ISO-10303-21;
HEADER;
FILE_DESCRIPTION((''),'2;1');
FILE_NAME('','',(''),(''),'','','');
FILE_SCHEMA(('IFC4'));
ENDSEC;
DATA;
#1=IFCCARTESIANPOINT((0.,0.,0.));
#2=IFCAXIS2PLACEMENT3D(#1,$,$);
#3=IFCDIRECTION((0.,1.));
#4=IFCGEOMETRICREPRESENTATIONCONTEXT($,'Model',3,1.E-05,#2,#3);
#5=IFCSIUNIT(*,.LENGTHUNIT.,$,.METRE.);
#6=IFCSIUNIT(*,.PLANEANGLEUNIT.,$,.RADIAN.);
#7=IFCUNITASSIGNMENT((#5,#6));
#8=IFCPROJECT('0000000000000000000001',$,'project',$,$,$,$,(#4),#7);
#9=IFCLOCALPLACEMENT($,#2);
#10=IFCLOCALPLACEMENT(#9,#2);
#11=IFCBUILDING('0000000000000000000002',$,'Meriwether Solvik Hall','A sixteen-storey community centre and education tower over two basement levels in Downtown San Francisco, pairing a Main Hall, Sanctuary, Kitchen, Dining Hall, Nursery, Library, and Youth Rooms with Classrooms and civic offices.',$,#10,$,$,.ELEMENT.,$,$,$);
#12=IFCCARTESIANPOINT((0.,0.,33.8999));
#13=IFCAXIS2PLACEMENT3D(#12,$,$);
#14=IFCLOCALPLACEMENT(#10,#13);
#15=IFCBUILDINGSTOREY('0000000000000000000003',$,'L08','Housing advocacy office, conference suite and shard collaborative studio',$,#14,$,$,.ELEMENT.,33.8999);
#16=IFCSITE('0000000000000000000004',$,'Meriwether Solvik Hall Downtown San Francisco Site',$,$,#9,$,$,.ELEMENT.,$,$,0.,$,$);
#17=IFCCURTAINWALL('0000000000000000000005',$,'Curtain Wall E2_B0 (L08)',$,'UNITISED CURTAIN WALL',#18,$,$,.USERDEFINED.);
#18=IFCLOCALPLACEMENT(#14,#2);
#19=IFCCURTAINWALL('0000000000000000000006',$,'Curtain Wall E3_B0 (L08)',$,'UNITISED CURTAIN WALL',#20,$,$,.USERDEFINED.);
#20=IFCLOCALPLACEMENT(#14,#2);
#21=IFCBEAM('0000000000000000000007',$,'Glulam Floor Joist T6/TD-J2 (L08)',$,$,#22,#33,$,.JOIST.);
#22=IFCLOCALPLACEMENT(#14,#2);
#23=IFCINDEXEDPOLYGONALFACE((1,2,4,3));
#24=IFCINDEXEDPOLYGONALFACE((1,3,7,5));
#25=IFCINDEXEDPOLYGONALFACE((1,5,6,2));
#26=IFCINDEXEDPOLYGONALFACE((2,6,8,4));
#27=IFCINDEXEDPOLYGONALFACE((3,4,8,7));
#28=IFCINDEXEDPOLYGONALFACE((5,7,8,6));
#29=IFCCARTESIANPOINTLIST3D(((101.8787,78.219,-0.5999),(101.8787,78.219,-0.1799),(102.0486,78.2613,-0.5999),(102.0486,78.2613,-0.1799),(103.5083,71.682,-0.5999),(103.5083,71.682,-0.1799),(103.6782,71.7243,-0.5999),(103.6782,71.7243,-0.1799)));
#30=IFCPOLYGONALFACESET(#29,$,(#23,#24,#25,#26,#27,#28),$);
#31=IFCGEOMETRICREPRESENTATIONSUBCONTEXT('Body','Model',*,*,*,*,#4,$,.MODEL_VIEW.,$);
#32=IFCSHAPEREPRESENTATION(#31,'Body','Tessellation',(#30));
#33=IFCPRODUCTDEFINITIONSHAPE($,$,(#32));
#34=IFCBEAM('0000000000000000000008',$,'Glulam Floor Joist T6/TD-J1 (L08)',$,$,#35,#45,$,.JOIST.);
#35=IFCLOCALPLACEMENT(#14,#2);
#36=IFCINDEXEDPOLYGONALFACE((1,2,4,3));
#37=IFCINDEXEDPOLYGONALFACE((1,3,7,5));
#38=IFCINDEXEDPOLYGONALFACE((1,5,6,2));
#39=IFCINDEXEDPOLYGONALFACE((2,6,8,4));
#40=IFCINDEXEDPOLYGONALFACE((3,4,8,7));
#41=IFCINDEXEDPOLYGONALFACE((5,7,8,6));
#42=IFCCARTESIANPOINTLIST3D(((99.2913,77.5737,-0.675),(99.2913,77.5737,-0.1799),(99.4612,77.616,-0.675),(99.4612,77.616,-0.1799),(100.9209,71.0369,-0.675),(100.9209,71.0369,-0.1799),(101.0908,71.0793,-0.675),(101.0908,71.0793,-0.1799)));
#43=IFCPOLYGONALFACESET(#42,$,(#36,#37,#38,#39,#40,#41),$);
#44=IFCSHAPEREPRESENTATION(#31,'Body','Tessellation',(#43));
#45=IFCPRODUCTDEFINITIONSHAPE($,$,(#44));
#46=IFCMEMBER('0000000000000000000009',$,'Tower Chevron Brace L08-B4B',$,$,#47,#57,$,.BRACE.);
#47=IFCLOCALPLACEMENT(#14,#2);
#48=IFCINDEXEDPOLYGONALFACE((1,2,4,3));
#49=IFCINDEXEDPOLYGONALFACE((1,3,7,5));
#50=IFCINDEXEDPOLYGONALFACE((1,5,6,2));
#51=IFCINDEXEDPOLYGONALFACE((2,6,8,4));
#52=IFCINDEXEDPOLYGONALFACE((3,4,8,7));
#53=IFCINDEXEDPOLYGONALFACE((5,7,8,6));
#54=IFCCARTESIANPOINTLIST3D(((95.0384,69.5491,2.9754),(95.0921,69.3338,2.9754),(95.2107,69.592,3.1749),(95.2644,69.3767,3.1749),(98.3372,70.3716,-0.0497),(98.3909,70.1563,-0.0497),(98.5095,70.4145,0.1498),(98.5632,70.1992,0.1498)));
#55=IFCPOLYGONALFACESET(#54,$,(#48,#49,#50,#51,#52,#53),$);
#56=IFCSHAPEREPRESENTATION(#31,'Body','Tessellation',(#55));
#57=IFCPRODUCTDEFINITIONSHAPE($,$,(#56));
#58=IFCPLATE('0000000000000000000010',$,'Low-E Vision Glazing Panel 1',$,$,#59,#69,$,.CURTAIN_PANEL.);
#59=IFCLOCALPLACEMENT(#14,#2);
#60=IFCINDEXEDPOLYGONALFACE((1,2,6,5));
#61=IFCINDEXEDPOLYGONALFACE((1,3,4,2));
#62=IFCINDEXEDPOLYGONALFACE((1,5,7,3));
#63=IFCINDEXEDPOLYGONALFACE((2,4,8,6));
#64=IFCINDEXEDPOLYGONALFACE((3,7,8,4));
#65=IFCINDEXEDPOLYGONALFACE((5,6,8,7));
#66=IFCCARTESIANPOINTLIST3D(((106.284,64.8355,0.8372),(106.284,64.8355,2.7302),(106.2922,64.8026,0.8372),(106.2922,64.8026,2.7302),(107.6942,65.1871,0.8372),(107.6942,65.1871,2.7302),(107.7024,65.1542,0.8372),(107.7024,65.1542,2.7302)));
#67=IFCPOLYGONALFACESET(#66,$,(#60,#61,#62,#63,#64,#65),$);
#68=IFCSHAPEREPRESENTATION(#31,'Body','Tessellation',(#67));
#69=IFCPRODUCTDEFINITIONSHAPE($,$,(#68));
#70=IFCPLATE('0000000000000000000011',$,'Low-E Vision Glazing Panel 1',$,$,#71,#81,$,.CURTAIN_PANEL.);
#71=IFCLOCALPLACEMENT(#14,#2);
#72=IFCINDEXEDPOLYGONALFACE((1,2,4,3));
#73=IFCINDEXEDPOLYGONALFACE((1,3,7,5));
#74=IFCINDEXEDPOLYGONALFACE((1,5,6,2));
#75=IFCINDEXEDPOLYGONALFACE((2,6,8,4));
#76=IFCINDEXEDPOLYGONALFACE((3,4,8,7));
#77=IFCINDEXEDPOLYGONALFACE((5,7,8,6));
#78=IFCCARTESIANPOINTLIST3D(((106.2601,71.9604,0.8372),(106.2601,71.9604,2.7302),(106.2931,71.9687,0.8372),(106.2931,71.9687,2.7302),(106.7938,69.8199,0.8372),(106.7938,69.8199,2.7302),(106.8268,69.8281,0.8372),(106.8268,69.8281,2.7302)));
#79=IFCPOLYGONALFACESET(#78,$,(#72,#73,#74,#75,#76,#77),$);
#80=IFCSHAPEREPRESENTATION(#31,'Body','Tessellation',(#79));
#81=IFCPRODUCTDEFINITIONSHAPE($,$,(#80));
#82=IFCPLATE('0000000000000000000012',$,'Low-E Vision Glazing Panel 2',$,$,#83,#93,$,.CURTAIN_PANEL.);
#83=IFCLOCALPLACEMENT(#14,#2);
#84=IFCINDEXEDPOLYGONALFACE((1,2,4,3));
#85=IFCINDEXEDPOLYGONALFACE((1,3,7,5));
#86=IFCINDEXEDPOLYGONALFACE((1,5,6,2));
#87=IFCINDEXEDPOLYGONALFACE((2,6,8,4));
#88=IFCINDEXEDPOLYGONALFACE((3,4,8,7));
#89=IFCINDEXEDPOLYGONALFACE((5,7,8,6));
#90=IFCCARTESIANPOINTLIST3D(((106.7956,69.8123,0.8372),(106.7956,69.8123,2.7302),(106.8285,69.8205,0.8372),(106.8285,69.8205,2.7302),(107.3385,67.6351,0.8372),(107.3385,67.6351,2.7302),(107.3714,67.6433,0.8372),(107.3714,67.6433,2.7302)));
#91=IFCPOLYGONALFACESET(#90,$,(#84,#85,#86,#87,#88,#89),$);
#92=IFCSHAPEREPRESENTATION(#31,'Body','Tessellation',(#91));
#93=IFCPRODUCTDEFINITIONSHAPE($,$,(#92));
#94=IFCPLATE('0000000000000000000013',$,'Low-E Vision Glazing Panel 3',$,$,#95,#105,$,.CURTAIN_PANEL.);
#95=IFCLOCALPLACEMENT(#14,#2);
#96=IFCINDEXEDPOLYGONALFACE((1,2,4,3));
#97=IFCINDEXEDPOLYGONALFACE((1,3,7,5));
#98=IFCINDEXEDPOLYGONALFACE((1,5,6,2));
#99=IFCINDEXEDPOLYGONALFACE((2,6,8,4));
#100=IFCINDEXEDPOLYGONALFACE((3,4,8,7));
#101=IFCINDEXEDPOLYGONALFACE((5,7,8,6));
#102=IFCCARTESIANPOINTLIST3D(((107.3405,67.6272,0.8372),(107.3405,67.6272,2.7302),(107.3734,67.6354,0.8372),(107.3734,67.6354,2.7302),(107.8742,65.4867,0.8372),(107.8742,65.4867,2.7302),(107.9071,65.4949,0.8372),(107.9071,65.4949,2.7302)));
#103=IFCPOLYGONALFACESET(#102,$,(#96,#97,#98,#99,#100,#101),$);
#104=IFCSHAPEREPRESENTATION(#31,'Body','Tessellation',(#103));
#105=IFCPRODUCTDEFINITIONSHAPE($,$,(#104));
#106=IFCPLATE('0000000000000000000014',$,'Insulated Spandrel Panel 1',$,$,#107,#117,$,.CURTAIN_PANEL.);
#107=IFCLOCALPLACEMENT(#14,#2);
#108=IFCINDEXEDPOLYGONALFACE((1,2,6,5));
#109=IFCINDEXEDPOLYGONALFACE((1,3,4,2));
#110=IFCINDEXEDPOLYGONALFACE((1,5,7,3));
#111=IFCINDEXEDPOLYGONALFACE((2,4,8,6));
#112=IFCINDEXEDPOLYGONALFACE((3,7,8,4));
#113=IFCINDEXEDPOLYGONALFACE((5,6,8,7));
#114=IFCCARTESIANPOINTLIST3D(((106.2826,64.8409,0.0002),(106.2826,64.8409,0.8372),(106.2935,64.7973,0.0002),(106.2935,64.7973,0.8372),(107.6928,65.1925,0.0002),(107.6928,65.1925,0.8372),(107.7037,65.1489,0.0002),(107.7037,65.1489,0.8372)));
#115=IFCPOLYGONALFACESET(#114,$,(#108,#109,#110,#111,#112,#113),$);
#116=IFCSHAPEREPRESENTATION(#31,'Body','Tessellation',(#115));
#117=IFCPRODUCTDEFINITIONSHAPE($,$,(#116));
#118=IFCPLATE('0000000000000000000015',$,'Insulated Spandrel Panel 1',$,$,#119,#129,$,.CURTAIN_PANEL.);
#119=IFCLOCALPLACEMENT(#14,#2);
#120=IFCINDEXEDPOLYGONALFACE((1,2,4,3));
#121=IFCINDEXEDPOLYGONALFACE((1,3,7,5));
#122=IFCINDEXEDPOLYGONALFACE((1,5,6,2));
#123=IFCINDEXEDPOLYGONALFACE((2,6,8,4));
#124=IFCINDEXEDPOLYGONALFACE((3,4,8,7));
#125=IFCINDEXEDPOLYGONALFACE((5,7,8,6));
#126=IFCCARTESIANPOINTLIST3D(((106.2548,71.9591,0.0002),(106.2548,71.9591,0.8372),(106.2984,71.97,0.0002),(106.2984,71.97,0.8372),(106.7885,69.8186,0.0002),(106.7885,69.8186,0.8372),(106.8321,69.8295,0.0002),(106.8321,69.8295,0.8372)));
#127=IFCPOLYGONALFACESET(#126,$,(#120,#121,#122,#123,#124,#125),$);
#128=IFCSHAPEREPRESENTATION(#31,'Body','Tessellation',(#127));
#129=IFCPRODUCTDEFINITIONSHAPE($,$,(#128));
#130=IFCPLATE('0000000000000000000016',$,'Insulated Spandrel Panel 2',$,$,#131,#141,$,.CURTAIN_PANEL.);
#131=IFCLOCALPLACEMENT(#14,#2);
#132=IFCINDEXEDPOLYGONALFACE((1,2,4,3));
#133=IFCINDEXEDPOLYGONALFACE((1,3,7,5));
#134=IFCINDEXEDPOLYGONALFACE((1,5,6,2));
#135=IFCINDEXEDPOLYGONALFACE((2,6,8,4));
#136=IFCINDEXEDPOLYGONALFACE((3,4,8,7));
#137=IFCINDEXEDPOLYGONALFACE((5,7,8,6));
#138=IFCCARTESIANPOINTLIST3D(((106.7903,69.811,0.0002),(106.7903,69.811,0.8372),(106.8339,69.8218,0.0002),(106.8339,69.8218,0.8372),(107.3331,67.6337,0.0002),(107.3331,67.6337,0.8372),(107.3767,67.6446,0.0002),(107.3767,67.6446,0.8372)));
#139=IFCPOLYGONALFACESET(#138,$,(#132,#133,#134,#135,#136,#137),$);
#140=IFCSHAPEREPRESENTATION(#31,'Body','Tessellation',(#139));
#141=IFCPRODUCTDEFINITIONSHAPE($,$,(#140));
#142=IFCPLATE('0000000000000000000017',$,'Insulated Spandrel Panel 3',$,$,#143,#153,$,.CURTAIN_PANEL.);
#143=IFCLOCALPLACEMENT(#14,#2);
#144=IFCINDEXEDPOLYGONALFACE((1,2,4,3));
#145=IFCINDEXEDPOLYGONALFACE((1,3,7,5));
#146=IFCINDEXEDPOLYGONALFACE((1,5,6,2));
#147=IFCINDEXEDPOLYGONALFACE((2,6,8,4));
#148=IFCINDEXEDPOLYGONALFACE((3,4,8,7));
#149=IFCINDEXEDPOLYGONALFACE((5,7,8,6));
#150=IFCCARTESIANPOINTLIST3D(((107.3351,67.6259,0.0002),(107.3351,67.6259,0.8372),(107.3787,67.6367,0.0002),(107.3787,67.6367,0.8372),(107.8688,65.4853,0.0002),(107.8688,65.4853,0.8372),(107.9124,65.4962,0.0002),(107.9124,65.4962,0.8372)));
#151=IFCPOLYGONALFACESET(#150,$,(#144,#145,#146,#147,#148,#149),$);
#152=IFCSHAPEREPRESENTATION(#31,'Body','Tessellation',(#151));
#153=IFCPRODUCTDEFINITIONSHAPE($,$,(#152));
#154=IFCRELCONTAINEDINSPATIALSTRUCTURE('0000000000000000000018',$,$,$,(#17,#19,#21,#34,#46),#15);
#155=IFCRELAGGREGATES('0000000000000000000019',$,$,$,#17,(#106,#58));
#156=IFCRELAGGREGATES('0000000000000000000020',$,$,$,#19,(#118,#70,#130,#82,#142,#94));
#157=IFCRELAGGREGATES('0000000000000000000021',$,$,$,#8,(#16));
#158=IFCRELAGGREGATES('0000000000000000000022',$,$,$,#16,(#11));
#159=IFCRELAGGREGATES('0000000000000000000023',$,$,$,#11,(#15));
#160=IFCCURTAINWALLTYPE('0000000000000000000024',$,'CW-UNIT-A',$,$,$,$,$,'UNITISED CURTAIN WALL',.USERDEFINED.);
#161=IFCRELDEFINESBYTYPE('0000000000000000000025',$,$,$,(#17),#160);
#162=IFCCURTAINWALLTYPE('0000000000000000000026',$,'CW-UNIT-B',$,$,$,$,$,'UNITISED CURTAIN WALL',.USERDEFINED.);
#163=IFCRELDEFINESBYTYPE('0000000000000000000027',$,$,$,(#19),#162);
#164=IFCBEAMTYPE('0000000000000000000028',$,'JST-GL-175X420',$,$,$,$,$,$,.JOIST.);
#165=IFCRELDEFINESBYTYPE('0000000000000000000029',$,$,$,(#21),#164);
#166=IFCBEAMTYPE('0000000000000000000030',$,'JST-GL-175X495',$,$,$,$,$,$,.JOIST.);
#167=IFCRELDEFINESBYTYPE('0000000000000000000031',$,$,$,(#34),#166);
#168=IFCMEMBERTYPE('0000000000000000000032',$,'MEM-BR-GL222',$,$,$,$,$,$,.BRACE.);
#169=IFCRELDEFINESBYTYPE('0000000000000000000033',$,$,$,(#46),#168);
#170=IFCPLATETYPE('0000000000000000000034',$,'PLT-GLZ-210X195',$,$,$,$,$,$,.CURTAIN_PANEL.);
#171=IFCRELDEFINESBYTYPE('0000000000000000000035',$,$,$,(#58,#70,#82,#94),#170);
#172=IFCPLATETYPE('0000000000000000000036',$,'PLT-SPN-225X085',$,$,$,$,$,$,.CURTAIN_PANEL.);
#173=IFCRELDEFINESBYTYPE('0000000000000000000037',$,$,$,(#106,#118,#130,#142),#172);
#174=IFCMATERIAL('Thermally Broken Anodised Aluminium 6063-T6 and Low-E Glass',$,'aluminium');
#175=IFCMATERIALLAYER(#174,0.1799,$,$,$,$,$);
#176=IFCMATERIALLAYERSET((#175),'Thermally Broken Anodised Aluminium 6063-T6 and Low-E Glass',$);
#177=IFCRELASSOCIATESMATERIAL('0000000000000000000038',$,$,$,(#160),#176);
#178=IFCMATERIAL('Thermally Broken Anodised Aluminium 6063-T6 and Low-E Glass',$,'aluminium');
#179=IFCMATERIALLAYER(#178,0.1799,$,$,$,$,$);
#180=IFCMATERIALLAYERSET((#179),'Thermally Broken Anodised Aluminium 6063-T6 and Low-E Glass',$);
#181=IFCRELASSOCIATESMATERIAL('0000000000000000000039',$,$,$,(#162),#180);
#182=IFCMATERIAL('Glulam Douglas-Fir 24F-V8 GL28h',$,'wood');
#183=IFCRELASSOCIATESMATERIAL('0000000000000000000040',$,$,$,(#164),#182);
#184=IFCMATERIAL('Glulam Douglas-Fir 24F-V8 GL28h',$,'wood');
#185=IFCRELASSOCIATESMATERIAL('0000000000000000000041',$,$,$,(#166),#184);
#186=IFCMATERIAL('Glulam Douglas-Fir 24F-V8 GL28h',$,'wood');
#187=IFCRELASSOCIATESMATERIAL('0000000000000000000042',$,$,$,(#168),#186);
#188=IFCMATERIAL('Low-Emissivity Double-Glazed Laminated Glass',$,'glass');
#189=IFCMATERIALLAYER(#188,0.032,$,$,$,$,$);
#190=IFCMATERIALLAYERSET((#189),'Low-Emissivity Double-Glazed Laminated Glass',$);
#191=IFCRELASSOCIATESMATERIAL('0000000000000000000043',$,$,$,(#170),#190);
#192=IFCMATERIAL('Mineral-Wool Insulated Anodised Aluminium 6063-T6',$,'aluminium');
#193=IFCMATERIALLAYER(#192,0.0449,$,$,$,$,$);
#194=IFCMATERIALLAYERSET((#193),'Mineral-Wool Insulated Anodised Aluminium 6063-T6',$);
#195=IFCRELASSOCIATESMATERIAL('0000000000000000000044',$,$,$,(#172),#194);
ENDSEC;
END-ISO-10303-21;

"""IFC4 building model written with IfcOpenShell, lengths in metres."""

from ifc_helpers import new_model, si_unit, direction, frame, origin, origin_2d, place, context, subcontext, project, spatial, rectangle, extrude, material, layer, layer_set, material_profile, profile_set, type_object, element, aggregate, save


model = new_model("IFC4")

# Units and contexts
model_context = context("Model", 3, precision=1e-05, world=origin(), true_north=direction((0.0, 1.0)))
body_context = subcontext(model_context, "Body", "Model", "MODEL_VIEW")
ifc_project = project(units=[si_unit("LENGTHUNIT", "METRE"), si_unit("PLANEANGLEUNIT", "RADIAN")], contexts=[model_context])

# Site, building, storey
site_placement = place(None, origin())
site = spatial("IfcSite", under=ifc_project, at=site_placement, Name="Meriwether Solvik Hall Downtown San Francisco Site", CompositionType="ELEMENT", RefElevation=0.0)
building_placement = place(site_placement, origin())
building = spatial("IfcBuilding", under=site, at=building_placement, Name="Meriwether Solvik Hall", Description="A sixteen-storey community centre and education tower over two basement levels in Downtown San Francisco, pairing a Main Hall, Sanctuary, Kitchen, Dining Hall, Nursery, Library, and Youth Rooms with Classrooms and civic offices.", CompositionType="ELEMENT")
storey_placement = place(building_placement, frame((0.0, 0.0, 33.8999)))
storey = spatial("IfcBuildingStorey", under=building, at=storey_placement, Name="L08", Description="Housing advocacy office, conference suite and shard collaborative studio", CompositionType="ELEMENT", Elevation=33.8999)

# Curtain wall
ifc_material_1 = material(Name="Thermally Broken Anodised Aluminium 6063-T6 and Low-E Glass", Category="aluminium")
ifc_layer_1 = layer(ifc_material_1, 0.1799)
ifc_layer_set_1 = layer_set([ifc_layer_1], Name="Thermally Broken Anodised Aluminium 6063-T6 and Low-E Glass")
curtain_wall_type_1 = type_object("IfcCurtainWallType", Name="CW-UNIT-A", ElementType="UNITISED CURTAIN WALL", PredefinedType="USERDEFINED", material=ifc_layer_set_1)
curtain_wall_1_placement = place(storey_placement, origin())
curtain_wall_1 = element("IfcCurtainWall", 1, at=curtain_wall_1_placement, inside=storey, type_object=curtain_wall_type_1, Name="Curtain Wall E2_B0 (L08)", ObjectType="UNITISED CURTAIN WALL", PredefinedType="USERDEFINED")

# Curtain wall
ifc_material_2 = material(Name="Thermally Broken Anodised Aluminium 6063-T6 and Low-E Glass", Category="aluminium")
ifc_layer_2 = layer(ifc_material_2, 0.1799)
ifc_layer_set_2 = layer_set([ifc_layer_2], Name="Thermally Broken Anodised Aluminium 6063-T6 and Low-E Glass")
curtain_wall_type_2 = type_object("IfcCurtainWallType", Name="CW-UNIT-B", ElementType="UNITISED CURTAIN WALL", PredefinedType="USERDEFINED", material=ifc_layer_set_2)
curtain_wall_2_placement = place(storey_placement, origin())
curtain_wall_2 = element("IfcCurtainWall", 2, at=curtain_wall_2_placement, inside=storey, type_object=curtain_wall_type_2, Name="Curtain Wall E3_B0 (L08)", ObjectType="UNITISED CURTAIN WALL", PredefinedType="USERDEFINED")

# Beams
ifc_material_3 = material(Name="Glulam Douglas-Fir 24F-V8 GL28h", Category="wood")
ifc_material_profile_1 = material_profile(ifc_material_3, rectangle(XDim=0.175, YDim=0.4199, at=origin_2d()), Name="GLJ-175X420")
ifc_profile_set_1 = profile_set([ifc_material_profile_1], Name="Glulam Douglas-Fir 24F-V8 GL28h")
beam_type_1 = type_object("IfcBeamType", Name="JST-GL-175X420", PredefinedType="JOIST", material=ifc_profile_set_1)
beam_1_placement = place(storey_placement, frame((103.5933, 71.7031, -0.3899), z_axis=(-0.241888, 0.970304, 0.0), x_axis=(-0.970304, -0.241888, 0.0)))
element("IfcBeam", 3, at=beam_1_placement, inside=storey, type_object=beam_type_1, Name="Glulam Floor Joist T6/TD-J2 (L08)", PredefinedType="JOIST", context=body_context, shape_type="SweptSolid", body=[
    extrude(rectangle(XDim=0.175, YDim=0.4199, at=origin_2d()), origin(), (0.0, 0.0, 1.0), 6.7371),
])
ifc_material_4 = material(Name="Glulam Douglas-Fir 24F-V8 GL28h", Category="wood")
ifc_material_profile_2 = material_profile(ifc_material_4, rectangle(XDim=0.175, YDim=0.4951, at=origin_2d()), Name="GLJ-175X495")
ifc_profile_set_2 = profile_set([ifc_material_profile_2], Name="Glulam Douglas-Fir 24F-V8 GL28h")
beam_type_2 = type_object("IfcBeamType", Name="JST-GL-175X495", PredefinedType="JOIST", material=ifc_profile_set_2)
beam_2_placement = place(storey_placement, frame((101.0059, 71.0581, -0.4275), z_axis=(-0.241896, 0.970302, 0.0), x_axis=(-0.970302, -0.241896, 0.0)))
element("IfcBeam", 4, at=beam_2_placement, inside=storey, type_object=beam_type_2, Name="Glulam Floor Joist T6/TD-J1 (L08)", PredefinedType="JOIST", context=body_context, shape_type="SweptSolid", body=[
    extrude(rectangle(XDim=0.175, YDim=0.4951, at=origin_2d()), origin(), (0.0, 0.0, 1.0), 6.7368),
])

# Member
ifc_material_5 = material(Name="Glulam Douglas-Fir 24F-V8 GL28h", Category="wood")
ifc_material_profile_3 = material_profile(ifc_material_5, rectangle(XDim=0.2219, YDim=0.2671, at=origin_2d()), Name="GLM-222X267")
ifc_profile_set_3 = profile_set([ifc_material_profile_3], Name="Glulam Douglas-Fir 24F-V8 GL28h")
member_type_1 = type_object("IfcMemberType", Name="MEM-BR-GL222", PredefinedType="BRACE", material=ifc_profile_set_3)
member_1_placement = place(storey_placement, frame((98.4502, 70.2854, 0.05), z_axis=(-0.724881, -0.180737, 0.664742), x_axis=(0.241927, -0.970294, 0.0)))
element("IfcMember", 5, at=member_1_placement, inside=storey, type_object=member_type_1, Name="Tower Chevron Brace L08-B4B", PredefinedType="BRACE", context=body_context, shape_type="SweptSolid", body=[
    extrude(rectangle(XDim=0.2219, YDim=0.2671, at=origin_2d()), origin(), (0.0, 0.0, 1.0), 4.5508),
])

# Plates
ifc_material_6 = material(Name="Low-Emissivity Double-Glazed Laminated Glass", Category="glass")
ifc_layer_3 = layer(ifc_material_6, 0.032)
ifc_layer_set_3 = layer_set([ifc_layer_3], Name="Low-Emissivity Double-Glazed Laminated Glass")
plate_type_1 = type_object("IfcPlateType", Name="PLT-GLZ-210X195", PredefinedType="CURTAIN_PANEL", material=ifc_layer_set_3)
plate_1_placement = place(storey_placement, frame((106.9932, 64.9949, 0.8372), z_axis=(0.0, 0.0, 1.0), x_axis=(-0.970296, -0.241922, 0.0)))
plate_1 = element("IfcPlate", 6, at=plate_1_placement, type_object=plate_type_1, Name="Low-E Vision Glazing Panel 1", PredefinedType="CURTAIN_PANEL", context=body_context, shape_type="SweptSolid", body=[
    extrude(rectangle(XDim=1.4534, YDim=0.0339, at=origin_2d()), origin(), (0.0, 0.0, 1.0), 1.8931),
])
plate_2_placement = place(storey_placement, frame((106.5435, 70.8943, 0.8372), z_axis=(0.0, 0.0, 1.0), x_axis=(0.241922, -0.970296, 0.0)))
plate_2 = element("IfcPlate", 7, at=plate_2_placement, type_object=plate_type_1, Name="Low-E Vision Glazing Panel 1", PredefinedType="CURTAIN_PANEL", context=body_context, shape_type="SweptSolid", body=[
    extrude(rectangle(XDim=2.2061, YDim=0.0339, at=origin_2d()), origin(), (0.0, 0.0, 1.0), 1.8931),
])
plate_3_placement = place(storey_placement, frame((107.0835, 68.7278, 0.8372), z_axis=(0.0, 0.0, 1.0), x_axis=(0.241922, -0.970296, 0.0)))
plate_3 = element("IfcPlate", 8, at=plate_3_placement, type_object=plate_type_1, Name="Low-E Vision Glazing Panel 2", PredefinedType="CURTAIN_PANEL", context=body_context, shape_type="SweptSolid", body=[
    extrude(rectangle(XDim=2.2439, YDim=0.0339, at=origin_2d()), origin(), (0.0, 0.0, 1.0), 1.8931),
])
plate_4_placement = place(storey_placement, frame((107.6238, 66.561, 0.8372), z_axis=(0.0, 0.0, 1.0), x_axis=(0.241922, -0.970296, 0.0)))
plate_4 = element("IfcPlate", 9, at=plate_4_placement, type_object=plate_type_1, Name="Low-E Vision Glazing Panel 3", PredefinedType="CURTAIN_PANEL", context=body_context, shape_type="SweptSolid", body=[
    extrude(rectangle(XDim=2.2061, YDim=0.0339, at=origin_2d()), origin(), (0.0, 0.0, 1.0), 1.8931),
])
ifc_material_7 = material(Name="Mineral-Wool Insulated Anodised Aluminium 6063-T6", Category="aluminium")
ifc_layer_4 = layer(ifc_material_7, 0.0449)
ifc_layer_set_4 = layer_set([ifc_layer_4], Name="Mineral-Wool Insulated Anodised Aluminium 6063-T6")
plate_type_2 = type_object("IfcPlateType", Name="PLT-SPN-225X085", PredefinedType="CURTAIN_PANEL", material=ifc_layer_set_4)
plate_5_placement = place(storey_placement, frame((106.9932, 64.9949, 0.0002), z_axis=(0.0, 0.0, 1.0), x_axis=(-0.970296, -0.241922, 0.0)))
plate_5 = element("IfcPlate", 10, at=plate_5_placement, type_object=plate_type_2, Name="Insulated Spandrel Panel 1", PredefinedType="CURTAIN_PANEL", context=body_context, shape_type="SweptSolid", body=[
    extrude(rectangle(XDim=1.4534, YDim=0.0449, at=origin_2d()), origin(), (0.0, 0.0, 1.0), 0.8369),
])
aggregate(curtain_wall_1, [plate_5, plate_1])
plate_6_placement = place(storey_placement, frame((106.5435, 70.8943, 0.0002), z_axis=(0.0, 0.0, 1.0), x_axis=(0.241922, -0.970296, 0.0)))
plate_6 = element("IfcPlate", 11, at=plate_6_placement, type_object=plate_type_2, Name="Insulated Spandrel Panel 1", PredefinedType="CURTAIN_PANEL", context=body_context, shape_type="SweptSolid", body=[
    extrude(rectangle(XDim=2.2061, YDim=0.0449, at=origin_2d()), origin(), (0.0, 0.0, 1.0), 0.8369),
])
plate_7_placement = place(storey_placement, frame((107.0835, 68.7278, 0.0002), z_axis=(0.0, 0.0, 1.0), x_axis=(0.241922, -0.970296, 0.0)))
plate_7 = element("IfcPlate", 12, at=plate_7_placement, type_object=plate_type_2, Name="Insulated Spandrel Panel 2", PredefinedType="CURTAIN_PANEL", context=body_context, shape_type="SweptSolid", body=[
    extrude(rectangle(XDim=2.2439, YDim=0.0449, at=origin_2d()), origin(), (0.0, 0.0, 1.0), 0.8369),
])
plate_8_placement = place(storey_placement, frame((107.6238, 66.561, 0.0002), z_axis=(0.0, 0.0, 1.0), x_axis=(0.241922, -0.970296, 0.0)))
plate_8 = element("IfcPlate", 13, at=plate_8_placement, type_object=plate_type_2, Name="Insulated Spandrel Panel 3", PredefinedType="CURTAIN_PANEL", context=body_context, shape_type="SweptSolid", body=[
    extrude(rectangle(XDim=2.2061, YDim=0.0449, at=origin_2d()), origin(), (0.0, 0.0, 1.0), 0.8369),
])
aggregate(curtain_wall_2, [plate_6, plate_2, plate_7, plate_3, plate_8, plate_4])

save(model, "model.ifc")
